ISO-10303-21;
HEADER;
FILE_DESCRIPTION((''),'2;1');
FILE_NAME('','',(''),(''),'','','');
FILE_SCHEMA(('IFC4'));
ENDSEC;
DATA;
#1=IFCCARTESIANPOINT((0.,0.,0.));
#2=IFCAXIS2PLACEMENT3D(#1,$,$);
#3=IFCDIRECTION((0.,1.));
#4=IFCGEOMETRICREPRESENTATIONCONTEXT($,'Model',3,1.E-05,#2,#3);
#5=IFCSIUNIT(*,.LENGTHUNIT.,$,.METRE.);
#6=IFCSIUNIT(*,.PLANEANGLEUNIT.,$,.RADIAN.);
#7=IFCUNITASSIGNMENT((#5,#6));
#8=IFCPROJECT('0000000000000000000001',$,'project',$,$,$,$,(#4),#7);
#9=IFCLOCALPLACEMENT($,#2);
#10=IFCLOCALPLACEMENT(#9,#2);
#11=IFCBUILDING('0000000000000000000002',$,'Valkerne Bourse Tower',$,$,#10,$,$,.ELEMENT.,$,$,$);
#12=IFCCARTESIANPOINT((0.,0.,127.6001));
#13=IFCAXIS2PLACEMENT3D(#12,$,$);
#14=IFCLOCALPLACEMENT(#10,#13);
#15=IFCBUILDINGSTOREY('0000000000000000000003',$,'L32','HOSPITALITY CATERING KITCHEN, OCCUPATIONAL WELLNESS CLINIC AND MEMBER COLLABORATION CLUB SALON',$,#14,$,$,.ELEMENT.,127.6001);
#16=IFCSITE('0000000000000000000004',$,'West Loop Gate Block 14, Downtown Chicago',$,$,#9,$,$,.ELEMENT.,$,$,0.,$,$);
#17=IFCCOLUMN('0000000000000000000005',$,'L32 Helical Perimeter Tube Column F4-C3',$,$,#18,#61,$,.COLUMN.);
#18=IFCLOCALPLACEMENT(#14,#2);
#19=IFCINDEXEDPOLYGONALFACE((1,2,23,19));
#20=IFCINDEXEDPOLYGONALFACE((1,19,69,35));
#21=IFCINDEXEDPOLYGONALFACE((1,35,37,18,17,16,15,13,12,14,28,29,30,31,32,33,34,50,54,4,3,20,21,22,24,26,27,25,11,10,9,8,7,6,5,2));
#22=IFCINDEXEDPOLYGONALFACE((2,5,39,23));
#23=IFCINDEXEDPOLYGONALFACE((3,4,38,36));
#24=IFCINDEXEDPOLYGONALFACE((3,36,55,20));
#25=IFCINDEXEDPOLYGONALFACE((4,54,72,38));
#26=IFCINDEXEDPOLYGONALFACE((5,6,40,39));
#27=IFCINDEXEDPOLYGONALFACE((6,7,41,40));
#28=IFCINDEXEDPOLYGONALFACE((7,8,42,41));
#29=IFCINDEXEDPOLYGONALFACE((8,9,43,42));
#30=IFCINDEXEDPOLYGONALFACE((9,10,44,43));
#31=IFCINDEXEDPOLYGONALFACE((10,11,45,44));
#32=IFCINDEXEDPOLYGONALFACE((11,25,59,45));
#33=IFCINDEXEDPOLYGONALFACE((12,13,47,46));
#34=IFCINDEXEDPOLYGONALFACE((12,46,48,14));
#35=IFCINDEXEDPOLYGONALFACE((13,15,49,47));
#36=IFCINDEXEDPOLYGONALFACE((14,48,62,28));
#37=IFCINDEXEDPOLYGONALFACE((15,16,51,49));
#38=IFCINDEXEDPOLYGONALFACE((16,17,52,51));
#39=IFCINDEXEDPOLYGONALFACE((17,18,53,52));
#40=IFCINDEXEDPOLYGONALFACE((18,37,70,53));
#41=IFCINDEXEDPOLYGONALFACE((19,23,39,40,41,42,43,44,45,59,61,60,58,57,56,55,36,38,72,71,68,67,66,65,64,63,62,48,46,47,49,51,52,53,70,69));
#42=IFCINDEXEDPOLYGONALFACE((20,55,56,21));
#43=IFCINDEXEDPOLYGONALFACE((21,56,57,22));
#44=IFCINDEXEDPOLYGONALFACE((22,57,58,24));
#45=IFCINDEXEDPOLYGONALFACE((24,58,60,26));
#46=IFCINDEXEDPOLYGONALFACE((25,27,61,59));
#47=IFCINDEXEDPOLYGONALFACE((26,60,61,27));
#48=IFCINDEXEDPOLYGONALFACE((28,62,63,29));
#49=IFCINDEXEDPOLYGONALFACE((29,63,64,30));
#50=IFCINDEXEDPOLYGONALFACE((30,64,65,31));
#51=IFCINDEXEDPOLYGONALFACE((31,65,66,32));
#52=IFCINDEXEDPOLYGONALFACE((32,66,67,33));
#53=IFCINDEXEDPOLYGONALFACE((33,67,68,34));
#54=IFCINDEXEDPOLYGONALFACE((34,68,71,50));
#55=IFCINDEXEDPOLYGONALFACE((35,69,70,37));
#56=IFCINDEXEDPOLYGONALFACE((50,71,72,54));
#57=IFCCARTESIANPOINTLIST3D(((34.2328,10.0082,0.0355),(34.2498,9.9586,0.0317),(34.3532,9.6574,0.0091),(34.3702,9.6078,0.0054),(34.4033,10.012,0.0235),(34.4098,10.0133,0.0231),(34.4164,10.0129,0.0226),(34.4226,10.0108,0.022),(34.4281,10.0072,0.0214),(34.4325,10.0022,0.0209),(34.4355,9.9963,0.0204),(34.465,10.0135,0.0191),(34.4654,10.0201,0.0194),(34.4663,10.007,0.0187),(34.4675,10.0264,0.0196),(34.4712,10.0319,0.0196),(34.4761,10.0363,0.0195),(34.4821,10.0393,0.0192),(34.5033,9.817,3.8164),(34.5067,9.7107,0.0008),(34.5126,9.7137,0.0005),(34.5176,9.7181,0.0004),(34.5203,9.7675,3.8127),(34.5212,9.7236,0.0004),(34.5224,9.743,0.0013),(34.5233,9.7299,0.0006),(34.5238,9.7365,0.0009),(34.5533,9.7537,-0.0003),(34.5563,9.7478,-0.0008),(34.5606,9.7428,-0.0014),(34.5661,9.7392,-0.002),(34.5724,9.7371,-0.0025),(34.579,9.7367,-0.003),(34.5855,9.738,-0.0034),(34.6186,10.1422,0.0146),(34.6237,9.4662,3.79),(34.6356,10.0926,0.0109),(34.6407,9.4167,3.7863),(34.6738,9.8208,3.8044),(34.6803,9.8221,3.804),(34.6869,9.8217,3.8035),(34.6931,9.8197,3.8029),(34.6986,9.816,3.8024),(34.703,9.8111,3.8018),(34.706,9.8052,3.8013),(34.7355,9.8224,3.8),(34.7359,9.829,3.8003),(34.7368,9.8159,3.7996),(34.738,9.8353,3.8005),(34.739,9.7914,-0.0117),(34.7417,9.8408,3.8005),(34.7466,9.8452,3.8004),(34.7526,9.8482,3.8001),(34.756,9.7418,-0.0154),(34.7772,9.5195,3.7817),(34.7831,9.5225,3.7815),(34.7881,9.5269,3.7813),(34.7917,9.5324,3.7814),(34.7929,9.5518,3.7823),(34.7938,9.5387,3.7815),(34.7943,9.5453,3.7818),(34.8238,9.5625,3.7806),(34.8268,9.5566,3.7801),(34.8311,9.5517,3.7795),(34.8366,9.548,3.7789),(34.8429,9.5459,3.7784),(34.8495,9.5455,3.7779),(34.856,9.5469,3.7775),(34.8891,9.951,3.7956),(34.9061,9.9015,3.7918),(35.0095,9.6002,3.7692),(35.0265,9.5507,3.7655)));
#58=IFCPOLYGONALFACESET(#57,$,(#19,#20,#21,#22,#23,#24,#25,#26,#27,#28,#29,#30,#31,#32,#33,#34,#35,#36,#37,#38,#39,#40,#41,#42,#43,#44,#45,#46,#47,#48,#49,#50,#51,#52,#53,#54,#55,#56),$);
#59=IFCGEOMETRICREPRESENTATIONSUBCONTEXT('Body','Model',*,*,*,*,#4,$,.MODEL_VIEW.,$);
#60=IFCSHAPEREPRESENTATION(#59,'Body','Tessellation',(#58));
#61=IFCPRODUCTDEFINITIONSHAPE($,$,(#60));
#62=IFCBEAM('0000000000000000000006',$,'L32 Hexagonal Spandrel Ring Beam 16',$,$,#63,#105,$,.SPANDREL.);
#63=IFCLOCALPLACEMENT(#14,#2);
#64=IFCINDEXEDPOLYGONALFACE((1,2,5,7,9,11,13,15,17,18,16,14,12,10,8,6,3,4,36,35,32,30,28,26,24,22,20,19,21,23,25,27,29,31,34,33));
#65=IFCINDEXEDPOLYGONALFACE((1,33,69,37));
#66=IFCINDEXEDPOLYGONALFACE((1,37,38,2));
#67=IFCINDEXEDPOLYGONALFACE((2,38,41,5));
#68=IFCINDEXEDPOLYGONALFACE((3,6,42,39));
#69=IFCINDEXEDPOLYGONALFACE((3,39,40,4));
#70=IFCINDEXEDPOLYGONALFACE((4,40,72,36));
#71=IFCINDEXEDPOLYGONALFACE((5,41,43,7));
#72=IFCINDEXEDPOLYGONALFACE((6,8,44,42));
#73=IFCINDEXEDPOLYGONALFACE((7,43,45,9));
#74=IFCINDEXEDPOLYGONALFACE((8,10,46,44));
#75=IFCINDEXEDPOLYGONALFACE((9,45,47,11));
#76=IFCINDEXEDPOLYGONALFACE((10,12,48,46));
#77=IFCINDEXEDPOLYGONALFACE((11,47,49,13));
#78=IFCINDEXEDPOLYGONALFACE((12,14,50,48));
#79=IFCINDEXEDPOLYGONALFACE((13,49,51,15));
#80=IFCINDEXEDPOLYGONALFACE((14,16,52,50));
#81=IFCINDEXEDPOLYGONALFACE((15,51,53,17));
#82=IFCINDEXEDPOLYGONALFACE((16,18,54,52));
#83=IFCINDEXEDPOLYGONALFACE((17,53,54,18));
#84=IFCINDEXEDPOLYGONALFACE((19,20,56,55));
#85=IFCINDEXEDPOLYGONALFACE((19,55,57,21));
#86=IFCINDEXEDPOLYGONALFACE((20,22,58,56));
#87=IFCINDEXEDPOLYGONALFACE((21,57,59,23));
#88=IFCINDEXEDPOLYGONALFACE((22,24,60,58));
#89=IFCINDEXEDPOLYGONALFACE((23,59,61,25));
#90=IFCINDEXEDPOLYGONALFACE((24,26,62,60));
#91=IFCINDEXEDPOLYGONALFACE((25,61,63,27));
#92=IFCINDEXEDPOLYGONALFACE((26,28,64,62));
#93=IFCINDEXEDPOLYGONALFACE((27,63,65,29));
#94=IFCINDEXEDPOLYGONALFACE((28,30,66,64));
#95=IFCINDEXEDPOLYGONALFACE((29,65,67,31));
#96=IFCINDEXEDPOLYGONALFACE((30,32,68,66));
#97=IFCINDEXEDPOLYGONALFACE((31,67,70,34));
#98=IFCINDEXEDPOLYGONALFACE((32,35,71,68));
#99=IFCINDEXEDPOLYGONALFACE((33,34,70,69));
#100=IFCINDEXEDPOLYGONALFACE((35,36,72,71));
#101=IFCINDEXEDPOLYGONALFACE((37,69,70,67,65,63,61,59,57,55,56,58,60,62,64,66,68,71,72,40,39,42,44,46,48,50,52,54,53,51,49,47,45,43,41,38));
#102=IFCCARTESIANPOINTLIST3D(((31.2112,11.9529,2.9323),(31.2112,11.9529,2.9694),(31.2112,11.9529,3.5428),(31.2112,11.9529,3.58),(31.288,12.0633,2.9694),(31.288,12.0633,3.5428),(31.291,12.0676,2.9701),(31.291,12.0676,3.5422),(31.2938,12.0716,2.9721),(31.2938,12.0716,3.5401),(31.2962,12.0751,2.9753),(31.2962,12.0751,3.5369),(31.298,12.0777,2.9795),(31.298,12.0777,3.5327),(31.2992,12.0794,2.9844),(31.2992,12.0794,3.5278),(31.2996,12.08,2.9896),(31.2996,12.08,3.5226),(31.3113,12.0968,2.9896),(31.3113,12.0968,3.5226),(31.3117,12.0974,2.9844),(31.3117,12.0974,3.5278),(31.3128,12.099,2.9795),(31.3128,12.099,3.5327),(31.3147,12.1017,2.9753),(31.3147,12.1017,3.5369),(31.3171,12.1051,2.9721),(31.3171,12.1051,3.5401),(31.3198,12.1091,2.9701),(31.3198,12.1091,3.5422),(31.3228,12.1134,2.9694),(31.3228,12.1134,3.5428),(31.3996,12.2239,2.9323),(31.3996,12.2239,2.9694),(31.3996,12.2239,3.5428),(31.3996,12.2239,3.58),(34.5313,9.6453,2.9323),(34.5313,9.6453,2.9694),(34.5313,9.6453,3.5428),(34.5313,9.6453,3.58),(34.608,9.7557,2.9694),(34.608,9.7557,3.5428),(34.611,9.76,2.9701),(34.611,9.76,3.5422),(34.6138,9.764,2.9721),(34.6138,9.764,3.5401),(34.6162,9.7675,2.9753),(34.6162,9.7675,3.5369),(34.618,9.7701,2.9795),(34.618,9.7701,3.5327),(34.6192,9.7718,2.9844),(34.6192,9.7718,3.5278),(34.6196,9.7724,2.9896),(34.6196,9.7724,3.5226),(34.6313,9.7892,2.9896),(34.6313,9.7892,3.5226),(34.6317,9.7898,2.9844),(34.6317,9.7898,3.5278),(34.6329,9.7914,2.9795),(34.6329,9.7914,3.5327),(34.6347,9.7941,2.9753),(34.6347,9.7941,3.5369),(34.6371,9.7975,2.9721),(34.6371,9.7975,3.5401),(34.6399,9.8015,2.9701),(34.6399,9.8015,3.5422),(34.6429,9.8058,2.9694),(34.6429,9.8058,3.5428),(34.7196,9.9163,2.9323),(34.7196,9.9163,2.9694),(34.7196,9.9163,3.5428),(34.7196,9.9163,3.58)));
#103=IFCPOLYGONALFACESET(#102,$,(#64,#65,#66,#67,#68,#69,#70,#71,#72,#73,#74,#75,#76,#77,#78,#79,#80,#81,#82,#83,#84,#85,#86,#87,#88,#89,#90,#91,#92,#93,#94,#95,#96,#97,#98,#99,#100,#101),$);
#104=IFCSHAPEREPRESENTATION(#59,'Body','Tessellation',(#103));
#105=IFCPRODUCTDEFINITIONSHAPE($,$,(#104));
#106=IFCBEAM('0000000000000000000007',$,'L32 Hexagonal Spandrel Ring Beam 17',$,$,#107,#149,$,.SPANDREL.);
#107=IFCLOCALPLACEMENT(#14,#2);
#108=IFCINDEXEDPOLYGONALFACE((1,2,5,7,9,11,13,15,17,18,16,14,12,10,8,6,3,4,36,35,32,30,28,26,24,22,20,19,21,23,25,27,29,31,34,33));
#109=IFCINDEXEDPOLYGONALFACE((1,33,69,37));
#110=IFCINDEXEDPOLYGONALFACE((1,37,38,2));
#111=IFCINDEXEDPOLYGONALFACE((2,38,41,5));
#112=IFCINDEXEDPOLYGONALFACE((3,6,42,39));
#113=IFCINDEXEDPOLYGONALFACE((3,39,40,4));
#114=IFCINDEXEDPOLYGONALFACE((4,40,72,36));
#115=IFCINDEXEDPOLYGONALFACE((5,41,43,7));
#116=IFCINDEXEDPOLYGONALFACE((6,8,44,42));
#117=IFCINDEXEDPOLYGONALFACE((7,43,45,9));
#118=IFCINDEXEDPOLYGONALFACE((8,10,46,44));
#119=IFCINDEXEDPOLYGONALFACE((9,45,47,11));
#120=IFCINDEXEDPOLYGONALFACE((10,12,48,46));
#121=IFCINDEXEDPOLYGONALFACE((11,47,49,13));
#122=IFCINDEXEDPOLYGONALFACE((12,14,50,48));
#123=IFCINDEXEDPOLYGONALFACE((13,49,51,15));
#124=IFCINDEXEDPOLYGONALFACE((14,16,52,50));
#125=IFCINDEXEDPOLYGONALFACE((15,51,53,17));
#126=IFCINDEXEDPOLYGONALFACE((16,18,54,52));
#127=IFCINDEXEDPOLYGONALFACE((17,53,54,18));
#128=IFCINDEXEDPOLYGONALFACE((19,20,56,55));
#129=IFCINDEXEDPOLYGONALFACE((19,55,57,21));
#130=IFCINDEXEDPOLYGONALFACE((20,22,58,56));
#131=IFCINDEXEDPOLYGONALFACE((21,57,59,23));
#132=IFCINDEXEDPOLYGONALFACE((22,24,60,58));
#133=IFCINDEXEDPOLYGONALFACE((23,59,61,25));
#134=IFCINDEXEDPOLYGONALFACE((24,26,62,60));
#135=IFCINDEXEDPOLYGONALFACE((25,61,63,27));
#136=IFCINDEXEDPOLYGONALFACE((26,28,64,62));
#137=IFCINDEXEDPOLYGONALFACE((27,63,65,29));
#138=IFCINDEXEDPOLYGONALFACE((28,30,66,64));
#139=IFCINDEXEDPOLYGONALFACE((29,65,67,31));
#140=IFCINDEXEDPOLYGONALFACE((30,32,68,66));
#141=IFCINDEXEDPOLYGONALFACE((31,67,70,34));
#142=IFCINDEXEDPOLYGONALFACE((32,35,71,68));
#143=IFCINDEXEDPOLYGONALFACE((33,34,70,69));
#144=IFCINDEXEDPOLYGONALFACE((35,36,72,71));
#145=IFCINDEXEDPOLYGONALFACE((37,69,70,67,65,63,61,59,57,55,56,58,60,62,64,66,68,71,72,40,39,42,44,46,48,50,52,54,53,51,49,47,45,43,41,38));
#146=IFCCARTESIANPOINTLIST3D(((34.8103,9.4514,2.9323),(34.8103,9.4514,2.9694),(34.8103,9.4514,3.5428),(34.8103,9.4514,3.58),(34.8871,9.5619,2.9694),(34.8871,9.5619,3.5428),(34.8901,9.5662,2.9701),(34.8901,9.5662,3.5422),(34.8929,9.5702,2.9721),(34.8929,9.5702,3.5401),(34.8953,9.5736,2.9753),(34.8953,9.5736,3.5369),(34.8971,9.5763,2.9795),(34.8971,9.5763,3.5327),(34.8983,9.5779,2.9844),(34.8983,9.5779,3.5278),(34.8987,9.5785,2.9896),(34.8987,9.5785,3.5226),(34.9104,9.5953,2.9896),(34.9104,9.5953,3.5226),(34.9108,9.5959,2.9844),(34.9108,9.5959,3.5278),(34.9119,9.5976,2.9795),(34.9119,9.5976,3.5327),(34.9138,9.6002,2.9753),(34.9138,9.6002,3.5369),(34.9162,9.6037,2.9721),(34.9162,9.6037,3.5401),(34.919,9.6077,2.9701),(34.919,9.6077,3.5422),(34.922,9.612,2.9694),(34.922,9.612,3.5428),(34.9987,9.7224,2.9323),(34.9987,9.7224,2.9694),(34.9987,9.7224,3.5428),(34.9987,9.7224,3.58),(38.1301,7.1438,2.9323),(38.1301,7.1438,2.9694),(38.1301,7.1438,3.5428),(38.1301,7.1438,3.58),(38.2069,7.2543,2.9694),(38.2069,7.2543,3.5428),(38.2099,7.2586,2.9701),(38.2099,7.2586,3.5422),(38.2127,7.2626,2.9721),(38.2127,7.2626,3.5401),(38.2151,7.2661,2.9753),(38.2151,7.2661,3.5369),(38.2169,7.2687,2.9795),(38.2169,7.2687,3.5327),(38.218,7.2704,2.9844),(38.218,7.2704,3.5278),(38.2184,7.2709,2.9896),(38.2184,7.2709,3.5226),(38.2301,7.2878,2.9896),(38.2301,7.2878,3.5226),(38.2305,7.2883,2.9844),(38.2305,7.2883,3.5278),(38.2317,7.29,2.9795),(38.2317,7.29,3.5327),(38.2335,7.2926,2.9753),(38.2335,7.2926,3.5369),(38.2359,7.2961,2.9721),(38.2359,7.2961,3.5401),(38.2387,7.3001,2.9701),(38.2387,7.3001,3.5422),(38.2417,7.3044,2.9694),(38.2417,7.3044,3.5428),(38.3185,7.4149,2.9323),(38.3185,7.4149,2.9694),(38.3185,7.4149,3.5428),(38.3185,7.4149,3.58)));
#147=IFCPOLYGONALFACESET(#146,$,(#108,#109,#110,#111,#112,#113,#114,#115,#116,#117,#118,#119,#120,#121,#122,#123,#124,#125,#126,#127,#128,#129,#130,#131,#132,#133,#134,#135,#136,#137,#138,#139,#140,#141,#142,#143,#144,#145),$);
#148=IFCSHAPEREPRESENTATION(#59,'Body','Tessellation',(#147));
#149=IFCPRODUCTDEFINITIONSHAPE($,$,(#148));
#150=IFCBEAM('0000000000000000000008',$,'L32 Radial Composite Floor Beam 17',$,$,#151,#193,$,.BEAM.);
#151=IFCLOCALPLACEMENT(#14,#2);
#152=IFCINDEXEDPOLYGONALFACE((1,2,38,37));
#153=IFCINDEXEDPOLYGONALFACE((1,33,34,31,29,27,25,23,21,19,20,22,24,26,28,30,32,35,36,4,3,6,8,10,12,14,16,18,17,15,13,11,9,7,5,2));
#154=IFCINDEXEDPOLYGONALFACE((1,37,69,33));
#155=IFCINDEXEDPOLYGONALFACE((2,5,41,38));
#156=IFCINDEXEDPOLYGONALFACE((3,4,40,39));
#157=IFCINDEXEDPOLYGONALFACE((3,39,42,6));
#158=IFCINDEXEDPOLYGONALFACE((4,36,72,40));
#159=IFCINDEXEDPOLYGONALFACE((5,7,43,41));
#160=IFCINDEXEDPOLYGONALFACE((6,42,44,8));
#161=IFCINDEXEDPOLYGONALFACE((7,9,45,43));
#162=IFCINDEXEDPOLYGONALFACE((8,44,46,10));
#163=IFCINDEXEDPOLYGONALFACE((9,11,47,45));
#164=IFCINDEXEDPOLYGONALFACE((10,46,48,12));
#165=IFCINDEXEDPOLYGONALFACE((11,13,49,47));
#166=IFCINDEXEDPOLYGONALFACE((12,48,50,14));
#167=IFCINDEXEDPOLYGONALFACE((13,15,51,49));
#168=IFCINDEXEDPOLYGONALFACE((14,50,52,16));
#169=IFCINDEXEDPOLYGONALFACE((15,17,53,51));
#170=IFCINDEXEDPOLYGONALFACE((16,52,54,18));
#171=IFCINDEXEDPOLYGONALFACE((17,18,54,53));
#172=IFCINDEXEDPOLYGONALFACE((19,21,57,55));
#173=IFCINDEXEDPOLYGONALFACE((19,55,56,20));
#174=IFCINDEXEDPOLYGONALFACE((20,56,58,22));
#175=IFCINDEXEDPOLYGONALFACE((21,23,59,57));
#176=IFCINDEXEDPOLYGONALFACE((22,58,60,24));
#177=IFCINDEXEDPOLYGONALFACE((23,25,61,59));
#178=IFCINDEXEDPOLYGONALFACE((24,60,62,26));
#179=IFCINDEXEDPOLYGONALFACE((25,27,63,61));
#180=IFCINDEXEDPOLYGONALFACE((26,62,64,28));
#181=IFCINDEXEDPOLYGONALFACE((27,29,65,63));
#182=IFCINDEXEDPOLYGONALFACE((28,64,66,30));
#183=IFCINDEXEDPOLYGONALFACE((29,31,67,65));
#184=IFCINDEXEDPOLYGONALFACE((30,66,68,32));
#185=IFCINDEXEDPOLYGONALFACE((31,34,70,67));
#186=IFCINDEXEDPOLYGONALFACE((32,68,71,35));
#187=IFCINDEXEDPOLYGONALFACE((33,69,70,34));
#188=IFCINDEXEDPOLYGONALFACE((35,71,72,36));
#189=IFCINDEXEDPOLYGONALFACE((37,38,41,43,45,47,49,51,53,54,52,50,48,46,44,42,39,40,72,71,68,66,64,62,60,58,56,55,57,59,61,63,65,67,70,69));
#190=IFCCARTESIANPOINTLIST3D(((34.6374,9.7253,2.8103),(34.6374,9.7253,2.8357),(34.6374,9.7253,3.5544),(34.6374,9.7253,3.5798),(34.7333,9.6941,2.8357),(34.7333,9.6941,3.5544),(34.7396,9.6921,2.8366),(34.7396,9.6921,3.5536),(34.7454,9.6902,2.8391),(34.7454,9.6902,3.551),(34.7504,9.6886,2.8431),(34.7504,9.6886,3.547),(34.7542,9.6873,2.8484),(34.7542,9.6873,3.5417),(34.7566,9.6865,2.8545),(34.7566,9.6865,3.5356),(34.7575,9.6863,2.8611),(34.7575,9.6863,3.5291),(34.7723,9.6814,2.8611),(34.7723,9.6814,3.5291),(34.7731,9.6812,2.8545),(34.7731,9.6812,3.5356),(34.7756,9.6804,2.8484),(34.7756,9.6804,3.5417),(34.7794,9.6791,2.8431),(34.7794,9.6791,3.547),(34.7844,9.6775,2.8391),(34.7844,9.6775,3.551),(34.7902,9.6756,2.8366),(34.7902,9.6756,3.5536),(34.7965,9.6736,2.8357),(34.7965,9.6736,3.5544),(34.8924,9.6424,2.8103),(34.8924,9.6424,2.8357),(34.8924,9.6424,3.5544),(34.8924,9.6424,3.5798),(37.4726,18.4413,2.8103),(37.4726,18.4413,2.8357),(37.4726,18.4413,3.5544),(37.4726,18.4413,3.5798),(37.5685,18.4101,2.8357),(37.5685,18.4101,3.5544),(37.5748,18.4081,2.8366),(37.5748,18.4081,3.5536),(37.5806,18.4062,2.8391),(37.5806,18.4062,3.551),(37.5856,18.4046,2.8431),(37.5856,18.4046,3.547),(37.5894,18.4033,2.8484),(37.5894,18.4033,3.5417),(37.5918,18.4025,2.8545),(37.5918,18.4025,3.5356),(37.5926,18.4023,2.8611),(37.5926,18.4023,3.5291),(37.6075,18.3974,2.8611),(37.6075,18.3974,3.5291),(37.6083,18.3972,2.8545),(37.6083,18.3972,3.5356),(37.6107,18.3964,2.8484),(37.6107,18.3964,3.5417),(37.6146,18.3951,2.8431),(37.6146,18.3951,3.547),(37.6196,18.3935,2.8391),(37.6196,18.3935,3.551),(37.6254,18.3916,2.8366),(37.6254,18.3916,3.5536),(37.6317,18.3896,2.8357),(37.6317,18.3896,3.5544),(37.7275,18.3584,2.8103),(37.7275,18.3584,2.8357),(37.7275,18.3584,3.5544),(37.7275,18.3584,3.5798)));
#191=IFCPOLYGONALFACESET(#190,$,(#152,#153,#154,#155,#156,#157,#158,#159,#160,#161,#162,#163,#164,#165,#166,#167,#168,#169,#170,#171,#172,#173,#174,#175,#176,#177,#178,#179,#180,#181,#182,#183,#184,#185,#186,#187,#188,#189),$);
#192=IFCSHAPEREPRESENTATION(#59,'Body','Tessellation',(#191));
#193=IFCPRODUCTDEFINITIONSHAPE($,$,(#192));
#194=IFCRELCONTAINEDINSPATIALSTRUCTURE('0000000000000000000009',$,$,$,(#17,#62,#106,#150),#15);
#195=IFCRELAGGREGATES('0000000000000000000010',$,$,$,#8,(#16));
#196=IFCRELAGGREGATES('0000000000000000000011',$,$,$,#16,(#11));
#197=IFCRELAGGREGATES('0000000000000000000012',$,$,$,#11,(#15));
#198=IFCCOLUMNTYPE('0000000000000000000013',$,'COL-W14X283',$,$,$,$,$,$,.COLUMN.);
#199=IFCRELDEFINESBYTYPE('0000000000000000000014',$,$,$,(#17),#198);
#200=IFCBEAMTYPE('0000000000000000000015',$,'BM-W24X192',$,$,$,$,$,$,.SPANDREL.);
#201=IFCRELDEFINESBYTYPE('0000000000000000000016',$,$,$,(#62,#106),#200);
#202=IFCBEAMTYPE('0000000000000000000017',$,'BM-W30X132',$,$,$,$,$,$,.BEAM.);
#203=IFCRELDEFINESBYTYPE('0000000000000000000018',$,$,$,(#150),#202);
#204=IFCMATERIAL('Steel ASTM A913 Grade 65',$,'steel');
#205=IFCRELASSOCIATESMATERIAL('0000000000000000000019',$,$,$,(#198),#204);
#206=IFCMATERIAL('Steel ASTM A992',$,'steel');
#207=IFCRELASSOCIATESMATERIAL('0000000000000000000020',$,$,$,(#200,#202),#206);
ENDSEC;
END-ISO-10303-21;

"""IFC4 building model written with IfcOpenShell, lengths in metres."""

from ifc_helpers import new_model, si_unit, direction, frame, origin, origin_2d, place, context, subcontext, project, spatial, i_section, extrude, material, material_profile, profile_set, type_object, element, save


model = new_model("IFC4")

# Units and contexts
model_context = context("Model", 3, precision=1e-05, world=origin(), true_north=direction((0.0, 1.0)))
body_context = subcontext(model_context, "Body", "Model", "MODEL_VIEW")
ifc_project = project(units=[si_unit("LENGTHUNIT", "METRE"), si_unit("PLANEANGLEUNIT", "RADIAN")], contexts=[model_context])

# Site, building, storey
site_placement = place(None, origin())
site = spatial("IfcSite", under=ifc_project, at=site_placement, Name="West Loop Gate Block 14, Downtown Chicago", CompositionType="ELEMENT", RefElevation=0.0)
building_placement = place(site_placement, origin())
building = spatial("IfcBuilding", under=site, at=building_placement, Name="Valkerne Bourse Tower", CompositionType="ELEMENT")
storey_placement = place(building_placement, frame((0.0, 0.0, 127.6001)))
storey = spatial("IfcBuildingStorey", under=building, at=storey_placement, Name="L32", Description="HOSPITALITY CATERING KITCHEN, OCCUPATIONAL WELLNESS CLINIC AND MEMBER COLLABORATION CLUB SALON", CompositionType="ELEMENT", Elevation=127.6001)

# Column
ifc_material_1 = material(Name="Steel ASTM A913 Grade 65", Category="steel")
ifc_material_profile_1 = material_profile(ifc_material_1, i_section(OverallWidth=0.4089, OverallDepth=0.4243, WebThickness=0.0327, FlangeThickness=0.0525, FilletRadius=0.0254, at=origin_2d()), Name="W14X283")
ifc_profile_set_1 = profile_set([ifc_material_profile_1], Name="Steel ASTM A913 Grade 65")
column_type = type_object("IfcColumnType", Name="COL-W14X283", PredefinedType="COLUMN", material=ifc_profile_set_1)
column_placement = place(storey_placement, frame((34.4944, 9.875, 0.01), z_axis=(0.071271, -0.050366, 0.996185), x_axis=(0.943405, 0.32771, -0.050926)))
element("IfcColumn", 1, at=column_placement, inside=storey, type_object=column_type, Name="L32 Helical Perimeter Tube Column F4-C3", PredefinedType="COLUMN", context=body_context, shape_type="SweptSolid", body=[
    extrude(i_section(OverallWidth=0.4089, OverallDepth=0.4243, WebThickness=0.0327, FlangeThickness=0.0525, FilletRadius=0.0254, at=origin_2d()), origin(), (0.0, 0.0, 1.0), 3.7954),
])

# Beams
ifc_material_2 = material(Name="Steel ASTM A992", Category="steel")
ifc_material_profile_2 = material_profile(ifc_material_2, i_section(OverallWidth=0.3301, OverallDepth=0.6477, WebThickness=0.0205, FlangeThickness=0.0371, FilletRadius=0.0203, at=origin_2d()), Name="W24X192")
ifc_profile_set_2 = profile_set([ifc_material_profile_2], Name="Steel ASTM A992")
beam_type_1 = type_object("IfcBeamType", Name="BM-W24X192", PredefinedType="SPANDREL", material=ifc_profile_set_2)
beam_1_placement = place(storey_placement, frame((31.3054, 12.0884, 3.2561), z_axis=(0.821137, -0.570732, 0.0), x_axis=(0.570732, 0.821137, 0.0)))
element("IfcBeam", 2, at=beam_1_placement, inside=storey, type_object=beam_type_1, Name="L32 Hexagonal Spandrel Ring Beam 16", PredefinedType="SPANDREL", context=body_context, shape_type="SweptSolid", body=[
    extrude(i_section(OverallWidth=0.3301, OverallDepth=0.6477, WebThickness=0.0205, FlangeThickness=0.0371, FilletRadius=0.0203, at=origin_2d()), origin(), (0.0, 0.0, 1.0), 4.0432),
])
beam_2_placement = place(storey_placement, frame((34.9045, 9.5869, 3.2561), z_axis=(0.821117, -0.57076, 0.0), x_axis=(0.57076, 0.821117, 0.0)))
element("IfcBeam", 3, at=beam_2_placement, inside=storey, type_object=beam_type_1, Name="L32 Hexagonal Spandrel Ring Beam 17", PredefinedType="SPANDREL", context=body_context, shape_type="SweptSolid", body=[
    extrude(i_section(OverallWidth=0.3301, OverallDepth=0.6477, WebThickness=0.0205, FlangeThickness=0.0371, FilletRadius=0.0203, at=origin_2d()), origin(), (0.0, 0.0, 1.0), 4.043),
])
ifc_material_profile_3 = material_profile(ifc_material_2, i_section(OverallWidth=0.2681, OverallDepth=0.7695, WebThickness=0.0156, FlangeThickness=0.0254, FilletRadius=0.0254, at=origin_2d()), Name="W30X132")
ifc_profile_set_3 = profile_set([ifc_material_profile_3], Name="Steel ASTM A992")
beam_type_2 = type_object("IfcBeamType", Name="BM-W30X132", PredefinedType="BEAM", material=ifc_profile_set_3)
beam_3_placement = place(storey_placement, frame((34.7649, 9.6838, 3.1951), z_axis=(0.309331, 0.950954, 0.0), x_axis=(-0.950954, 0.309331, 0.0)))
element("IfcBeam", 4, at=beam_3_placement, inside=storey, type_object=beam_type_2, Name="L32 Radial Composite Floor Beam 17", PredefinedType="BEAM", context=body_context, shape_type="SweptSolid", body=[
    extrude(i_section(OverallWidth=0.2681, OverallDepth=0.7695, WebThickness=0.0156, FlangeThickness=0.0254, FilletRadius=0.0254, at=origin_2d()), origin(), (0.0, 0.0, 1.0), 9.1655),
])

save(model, "model.ifc")
